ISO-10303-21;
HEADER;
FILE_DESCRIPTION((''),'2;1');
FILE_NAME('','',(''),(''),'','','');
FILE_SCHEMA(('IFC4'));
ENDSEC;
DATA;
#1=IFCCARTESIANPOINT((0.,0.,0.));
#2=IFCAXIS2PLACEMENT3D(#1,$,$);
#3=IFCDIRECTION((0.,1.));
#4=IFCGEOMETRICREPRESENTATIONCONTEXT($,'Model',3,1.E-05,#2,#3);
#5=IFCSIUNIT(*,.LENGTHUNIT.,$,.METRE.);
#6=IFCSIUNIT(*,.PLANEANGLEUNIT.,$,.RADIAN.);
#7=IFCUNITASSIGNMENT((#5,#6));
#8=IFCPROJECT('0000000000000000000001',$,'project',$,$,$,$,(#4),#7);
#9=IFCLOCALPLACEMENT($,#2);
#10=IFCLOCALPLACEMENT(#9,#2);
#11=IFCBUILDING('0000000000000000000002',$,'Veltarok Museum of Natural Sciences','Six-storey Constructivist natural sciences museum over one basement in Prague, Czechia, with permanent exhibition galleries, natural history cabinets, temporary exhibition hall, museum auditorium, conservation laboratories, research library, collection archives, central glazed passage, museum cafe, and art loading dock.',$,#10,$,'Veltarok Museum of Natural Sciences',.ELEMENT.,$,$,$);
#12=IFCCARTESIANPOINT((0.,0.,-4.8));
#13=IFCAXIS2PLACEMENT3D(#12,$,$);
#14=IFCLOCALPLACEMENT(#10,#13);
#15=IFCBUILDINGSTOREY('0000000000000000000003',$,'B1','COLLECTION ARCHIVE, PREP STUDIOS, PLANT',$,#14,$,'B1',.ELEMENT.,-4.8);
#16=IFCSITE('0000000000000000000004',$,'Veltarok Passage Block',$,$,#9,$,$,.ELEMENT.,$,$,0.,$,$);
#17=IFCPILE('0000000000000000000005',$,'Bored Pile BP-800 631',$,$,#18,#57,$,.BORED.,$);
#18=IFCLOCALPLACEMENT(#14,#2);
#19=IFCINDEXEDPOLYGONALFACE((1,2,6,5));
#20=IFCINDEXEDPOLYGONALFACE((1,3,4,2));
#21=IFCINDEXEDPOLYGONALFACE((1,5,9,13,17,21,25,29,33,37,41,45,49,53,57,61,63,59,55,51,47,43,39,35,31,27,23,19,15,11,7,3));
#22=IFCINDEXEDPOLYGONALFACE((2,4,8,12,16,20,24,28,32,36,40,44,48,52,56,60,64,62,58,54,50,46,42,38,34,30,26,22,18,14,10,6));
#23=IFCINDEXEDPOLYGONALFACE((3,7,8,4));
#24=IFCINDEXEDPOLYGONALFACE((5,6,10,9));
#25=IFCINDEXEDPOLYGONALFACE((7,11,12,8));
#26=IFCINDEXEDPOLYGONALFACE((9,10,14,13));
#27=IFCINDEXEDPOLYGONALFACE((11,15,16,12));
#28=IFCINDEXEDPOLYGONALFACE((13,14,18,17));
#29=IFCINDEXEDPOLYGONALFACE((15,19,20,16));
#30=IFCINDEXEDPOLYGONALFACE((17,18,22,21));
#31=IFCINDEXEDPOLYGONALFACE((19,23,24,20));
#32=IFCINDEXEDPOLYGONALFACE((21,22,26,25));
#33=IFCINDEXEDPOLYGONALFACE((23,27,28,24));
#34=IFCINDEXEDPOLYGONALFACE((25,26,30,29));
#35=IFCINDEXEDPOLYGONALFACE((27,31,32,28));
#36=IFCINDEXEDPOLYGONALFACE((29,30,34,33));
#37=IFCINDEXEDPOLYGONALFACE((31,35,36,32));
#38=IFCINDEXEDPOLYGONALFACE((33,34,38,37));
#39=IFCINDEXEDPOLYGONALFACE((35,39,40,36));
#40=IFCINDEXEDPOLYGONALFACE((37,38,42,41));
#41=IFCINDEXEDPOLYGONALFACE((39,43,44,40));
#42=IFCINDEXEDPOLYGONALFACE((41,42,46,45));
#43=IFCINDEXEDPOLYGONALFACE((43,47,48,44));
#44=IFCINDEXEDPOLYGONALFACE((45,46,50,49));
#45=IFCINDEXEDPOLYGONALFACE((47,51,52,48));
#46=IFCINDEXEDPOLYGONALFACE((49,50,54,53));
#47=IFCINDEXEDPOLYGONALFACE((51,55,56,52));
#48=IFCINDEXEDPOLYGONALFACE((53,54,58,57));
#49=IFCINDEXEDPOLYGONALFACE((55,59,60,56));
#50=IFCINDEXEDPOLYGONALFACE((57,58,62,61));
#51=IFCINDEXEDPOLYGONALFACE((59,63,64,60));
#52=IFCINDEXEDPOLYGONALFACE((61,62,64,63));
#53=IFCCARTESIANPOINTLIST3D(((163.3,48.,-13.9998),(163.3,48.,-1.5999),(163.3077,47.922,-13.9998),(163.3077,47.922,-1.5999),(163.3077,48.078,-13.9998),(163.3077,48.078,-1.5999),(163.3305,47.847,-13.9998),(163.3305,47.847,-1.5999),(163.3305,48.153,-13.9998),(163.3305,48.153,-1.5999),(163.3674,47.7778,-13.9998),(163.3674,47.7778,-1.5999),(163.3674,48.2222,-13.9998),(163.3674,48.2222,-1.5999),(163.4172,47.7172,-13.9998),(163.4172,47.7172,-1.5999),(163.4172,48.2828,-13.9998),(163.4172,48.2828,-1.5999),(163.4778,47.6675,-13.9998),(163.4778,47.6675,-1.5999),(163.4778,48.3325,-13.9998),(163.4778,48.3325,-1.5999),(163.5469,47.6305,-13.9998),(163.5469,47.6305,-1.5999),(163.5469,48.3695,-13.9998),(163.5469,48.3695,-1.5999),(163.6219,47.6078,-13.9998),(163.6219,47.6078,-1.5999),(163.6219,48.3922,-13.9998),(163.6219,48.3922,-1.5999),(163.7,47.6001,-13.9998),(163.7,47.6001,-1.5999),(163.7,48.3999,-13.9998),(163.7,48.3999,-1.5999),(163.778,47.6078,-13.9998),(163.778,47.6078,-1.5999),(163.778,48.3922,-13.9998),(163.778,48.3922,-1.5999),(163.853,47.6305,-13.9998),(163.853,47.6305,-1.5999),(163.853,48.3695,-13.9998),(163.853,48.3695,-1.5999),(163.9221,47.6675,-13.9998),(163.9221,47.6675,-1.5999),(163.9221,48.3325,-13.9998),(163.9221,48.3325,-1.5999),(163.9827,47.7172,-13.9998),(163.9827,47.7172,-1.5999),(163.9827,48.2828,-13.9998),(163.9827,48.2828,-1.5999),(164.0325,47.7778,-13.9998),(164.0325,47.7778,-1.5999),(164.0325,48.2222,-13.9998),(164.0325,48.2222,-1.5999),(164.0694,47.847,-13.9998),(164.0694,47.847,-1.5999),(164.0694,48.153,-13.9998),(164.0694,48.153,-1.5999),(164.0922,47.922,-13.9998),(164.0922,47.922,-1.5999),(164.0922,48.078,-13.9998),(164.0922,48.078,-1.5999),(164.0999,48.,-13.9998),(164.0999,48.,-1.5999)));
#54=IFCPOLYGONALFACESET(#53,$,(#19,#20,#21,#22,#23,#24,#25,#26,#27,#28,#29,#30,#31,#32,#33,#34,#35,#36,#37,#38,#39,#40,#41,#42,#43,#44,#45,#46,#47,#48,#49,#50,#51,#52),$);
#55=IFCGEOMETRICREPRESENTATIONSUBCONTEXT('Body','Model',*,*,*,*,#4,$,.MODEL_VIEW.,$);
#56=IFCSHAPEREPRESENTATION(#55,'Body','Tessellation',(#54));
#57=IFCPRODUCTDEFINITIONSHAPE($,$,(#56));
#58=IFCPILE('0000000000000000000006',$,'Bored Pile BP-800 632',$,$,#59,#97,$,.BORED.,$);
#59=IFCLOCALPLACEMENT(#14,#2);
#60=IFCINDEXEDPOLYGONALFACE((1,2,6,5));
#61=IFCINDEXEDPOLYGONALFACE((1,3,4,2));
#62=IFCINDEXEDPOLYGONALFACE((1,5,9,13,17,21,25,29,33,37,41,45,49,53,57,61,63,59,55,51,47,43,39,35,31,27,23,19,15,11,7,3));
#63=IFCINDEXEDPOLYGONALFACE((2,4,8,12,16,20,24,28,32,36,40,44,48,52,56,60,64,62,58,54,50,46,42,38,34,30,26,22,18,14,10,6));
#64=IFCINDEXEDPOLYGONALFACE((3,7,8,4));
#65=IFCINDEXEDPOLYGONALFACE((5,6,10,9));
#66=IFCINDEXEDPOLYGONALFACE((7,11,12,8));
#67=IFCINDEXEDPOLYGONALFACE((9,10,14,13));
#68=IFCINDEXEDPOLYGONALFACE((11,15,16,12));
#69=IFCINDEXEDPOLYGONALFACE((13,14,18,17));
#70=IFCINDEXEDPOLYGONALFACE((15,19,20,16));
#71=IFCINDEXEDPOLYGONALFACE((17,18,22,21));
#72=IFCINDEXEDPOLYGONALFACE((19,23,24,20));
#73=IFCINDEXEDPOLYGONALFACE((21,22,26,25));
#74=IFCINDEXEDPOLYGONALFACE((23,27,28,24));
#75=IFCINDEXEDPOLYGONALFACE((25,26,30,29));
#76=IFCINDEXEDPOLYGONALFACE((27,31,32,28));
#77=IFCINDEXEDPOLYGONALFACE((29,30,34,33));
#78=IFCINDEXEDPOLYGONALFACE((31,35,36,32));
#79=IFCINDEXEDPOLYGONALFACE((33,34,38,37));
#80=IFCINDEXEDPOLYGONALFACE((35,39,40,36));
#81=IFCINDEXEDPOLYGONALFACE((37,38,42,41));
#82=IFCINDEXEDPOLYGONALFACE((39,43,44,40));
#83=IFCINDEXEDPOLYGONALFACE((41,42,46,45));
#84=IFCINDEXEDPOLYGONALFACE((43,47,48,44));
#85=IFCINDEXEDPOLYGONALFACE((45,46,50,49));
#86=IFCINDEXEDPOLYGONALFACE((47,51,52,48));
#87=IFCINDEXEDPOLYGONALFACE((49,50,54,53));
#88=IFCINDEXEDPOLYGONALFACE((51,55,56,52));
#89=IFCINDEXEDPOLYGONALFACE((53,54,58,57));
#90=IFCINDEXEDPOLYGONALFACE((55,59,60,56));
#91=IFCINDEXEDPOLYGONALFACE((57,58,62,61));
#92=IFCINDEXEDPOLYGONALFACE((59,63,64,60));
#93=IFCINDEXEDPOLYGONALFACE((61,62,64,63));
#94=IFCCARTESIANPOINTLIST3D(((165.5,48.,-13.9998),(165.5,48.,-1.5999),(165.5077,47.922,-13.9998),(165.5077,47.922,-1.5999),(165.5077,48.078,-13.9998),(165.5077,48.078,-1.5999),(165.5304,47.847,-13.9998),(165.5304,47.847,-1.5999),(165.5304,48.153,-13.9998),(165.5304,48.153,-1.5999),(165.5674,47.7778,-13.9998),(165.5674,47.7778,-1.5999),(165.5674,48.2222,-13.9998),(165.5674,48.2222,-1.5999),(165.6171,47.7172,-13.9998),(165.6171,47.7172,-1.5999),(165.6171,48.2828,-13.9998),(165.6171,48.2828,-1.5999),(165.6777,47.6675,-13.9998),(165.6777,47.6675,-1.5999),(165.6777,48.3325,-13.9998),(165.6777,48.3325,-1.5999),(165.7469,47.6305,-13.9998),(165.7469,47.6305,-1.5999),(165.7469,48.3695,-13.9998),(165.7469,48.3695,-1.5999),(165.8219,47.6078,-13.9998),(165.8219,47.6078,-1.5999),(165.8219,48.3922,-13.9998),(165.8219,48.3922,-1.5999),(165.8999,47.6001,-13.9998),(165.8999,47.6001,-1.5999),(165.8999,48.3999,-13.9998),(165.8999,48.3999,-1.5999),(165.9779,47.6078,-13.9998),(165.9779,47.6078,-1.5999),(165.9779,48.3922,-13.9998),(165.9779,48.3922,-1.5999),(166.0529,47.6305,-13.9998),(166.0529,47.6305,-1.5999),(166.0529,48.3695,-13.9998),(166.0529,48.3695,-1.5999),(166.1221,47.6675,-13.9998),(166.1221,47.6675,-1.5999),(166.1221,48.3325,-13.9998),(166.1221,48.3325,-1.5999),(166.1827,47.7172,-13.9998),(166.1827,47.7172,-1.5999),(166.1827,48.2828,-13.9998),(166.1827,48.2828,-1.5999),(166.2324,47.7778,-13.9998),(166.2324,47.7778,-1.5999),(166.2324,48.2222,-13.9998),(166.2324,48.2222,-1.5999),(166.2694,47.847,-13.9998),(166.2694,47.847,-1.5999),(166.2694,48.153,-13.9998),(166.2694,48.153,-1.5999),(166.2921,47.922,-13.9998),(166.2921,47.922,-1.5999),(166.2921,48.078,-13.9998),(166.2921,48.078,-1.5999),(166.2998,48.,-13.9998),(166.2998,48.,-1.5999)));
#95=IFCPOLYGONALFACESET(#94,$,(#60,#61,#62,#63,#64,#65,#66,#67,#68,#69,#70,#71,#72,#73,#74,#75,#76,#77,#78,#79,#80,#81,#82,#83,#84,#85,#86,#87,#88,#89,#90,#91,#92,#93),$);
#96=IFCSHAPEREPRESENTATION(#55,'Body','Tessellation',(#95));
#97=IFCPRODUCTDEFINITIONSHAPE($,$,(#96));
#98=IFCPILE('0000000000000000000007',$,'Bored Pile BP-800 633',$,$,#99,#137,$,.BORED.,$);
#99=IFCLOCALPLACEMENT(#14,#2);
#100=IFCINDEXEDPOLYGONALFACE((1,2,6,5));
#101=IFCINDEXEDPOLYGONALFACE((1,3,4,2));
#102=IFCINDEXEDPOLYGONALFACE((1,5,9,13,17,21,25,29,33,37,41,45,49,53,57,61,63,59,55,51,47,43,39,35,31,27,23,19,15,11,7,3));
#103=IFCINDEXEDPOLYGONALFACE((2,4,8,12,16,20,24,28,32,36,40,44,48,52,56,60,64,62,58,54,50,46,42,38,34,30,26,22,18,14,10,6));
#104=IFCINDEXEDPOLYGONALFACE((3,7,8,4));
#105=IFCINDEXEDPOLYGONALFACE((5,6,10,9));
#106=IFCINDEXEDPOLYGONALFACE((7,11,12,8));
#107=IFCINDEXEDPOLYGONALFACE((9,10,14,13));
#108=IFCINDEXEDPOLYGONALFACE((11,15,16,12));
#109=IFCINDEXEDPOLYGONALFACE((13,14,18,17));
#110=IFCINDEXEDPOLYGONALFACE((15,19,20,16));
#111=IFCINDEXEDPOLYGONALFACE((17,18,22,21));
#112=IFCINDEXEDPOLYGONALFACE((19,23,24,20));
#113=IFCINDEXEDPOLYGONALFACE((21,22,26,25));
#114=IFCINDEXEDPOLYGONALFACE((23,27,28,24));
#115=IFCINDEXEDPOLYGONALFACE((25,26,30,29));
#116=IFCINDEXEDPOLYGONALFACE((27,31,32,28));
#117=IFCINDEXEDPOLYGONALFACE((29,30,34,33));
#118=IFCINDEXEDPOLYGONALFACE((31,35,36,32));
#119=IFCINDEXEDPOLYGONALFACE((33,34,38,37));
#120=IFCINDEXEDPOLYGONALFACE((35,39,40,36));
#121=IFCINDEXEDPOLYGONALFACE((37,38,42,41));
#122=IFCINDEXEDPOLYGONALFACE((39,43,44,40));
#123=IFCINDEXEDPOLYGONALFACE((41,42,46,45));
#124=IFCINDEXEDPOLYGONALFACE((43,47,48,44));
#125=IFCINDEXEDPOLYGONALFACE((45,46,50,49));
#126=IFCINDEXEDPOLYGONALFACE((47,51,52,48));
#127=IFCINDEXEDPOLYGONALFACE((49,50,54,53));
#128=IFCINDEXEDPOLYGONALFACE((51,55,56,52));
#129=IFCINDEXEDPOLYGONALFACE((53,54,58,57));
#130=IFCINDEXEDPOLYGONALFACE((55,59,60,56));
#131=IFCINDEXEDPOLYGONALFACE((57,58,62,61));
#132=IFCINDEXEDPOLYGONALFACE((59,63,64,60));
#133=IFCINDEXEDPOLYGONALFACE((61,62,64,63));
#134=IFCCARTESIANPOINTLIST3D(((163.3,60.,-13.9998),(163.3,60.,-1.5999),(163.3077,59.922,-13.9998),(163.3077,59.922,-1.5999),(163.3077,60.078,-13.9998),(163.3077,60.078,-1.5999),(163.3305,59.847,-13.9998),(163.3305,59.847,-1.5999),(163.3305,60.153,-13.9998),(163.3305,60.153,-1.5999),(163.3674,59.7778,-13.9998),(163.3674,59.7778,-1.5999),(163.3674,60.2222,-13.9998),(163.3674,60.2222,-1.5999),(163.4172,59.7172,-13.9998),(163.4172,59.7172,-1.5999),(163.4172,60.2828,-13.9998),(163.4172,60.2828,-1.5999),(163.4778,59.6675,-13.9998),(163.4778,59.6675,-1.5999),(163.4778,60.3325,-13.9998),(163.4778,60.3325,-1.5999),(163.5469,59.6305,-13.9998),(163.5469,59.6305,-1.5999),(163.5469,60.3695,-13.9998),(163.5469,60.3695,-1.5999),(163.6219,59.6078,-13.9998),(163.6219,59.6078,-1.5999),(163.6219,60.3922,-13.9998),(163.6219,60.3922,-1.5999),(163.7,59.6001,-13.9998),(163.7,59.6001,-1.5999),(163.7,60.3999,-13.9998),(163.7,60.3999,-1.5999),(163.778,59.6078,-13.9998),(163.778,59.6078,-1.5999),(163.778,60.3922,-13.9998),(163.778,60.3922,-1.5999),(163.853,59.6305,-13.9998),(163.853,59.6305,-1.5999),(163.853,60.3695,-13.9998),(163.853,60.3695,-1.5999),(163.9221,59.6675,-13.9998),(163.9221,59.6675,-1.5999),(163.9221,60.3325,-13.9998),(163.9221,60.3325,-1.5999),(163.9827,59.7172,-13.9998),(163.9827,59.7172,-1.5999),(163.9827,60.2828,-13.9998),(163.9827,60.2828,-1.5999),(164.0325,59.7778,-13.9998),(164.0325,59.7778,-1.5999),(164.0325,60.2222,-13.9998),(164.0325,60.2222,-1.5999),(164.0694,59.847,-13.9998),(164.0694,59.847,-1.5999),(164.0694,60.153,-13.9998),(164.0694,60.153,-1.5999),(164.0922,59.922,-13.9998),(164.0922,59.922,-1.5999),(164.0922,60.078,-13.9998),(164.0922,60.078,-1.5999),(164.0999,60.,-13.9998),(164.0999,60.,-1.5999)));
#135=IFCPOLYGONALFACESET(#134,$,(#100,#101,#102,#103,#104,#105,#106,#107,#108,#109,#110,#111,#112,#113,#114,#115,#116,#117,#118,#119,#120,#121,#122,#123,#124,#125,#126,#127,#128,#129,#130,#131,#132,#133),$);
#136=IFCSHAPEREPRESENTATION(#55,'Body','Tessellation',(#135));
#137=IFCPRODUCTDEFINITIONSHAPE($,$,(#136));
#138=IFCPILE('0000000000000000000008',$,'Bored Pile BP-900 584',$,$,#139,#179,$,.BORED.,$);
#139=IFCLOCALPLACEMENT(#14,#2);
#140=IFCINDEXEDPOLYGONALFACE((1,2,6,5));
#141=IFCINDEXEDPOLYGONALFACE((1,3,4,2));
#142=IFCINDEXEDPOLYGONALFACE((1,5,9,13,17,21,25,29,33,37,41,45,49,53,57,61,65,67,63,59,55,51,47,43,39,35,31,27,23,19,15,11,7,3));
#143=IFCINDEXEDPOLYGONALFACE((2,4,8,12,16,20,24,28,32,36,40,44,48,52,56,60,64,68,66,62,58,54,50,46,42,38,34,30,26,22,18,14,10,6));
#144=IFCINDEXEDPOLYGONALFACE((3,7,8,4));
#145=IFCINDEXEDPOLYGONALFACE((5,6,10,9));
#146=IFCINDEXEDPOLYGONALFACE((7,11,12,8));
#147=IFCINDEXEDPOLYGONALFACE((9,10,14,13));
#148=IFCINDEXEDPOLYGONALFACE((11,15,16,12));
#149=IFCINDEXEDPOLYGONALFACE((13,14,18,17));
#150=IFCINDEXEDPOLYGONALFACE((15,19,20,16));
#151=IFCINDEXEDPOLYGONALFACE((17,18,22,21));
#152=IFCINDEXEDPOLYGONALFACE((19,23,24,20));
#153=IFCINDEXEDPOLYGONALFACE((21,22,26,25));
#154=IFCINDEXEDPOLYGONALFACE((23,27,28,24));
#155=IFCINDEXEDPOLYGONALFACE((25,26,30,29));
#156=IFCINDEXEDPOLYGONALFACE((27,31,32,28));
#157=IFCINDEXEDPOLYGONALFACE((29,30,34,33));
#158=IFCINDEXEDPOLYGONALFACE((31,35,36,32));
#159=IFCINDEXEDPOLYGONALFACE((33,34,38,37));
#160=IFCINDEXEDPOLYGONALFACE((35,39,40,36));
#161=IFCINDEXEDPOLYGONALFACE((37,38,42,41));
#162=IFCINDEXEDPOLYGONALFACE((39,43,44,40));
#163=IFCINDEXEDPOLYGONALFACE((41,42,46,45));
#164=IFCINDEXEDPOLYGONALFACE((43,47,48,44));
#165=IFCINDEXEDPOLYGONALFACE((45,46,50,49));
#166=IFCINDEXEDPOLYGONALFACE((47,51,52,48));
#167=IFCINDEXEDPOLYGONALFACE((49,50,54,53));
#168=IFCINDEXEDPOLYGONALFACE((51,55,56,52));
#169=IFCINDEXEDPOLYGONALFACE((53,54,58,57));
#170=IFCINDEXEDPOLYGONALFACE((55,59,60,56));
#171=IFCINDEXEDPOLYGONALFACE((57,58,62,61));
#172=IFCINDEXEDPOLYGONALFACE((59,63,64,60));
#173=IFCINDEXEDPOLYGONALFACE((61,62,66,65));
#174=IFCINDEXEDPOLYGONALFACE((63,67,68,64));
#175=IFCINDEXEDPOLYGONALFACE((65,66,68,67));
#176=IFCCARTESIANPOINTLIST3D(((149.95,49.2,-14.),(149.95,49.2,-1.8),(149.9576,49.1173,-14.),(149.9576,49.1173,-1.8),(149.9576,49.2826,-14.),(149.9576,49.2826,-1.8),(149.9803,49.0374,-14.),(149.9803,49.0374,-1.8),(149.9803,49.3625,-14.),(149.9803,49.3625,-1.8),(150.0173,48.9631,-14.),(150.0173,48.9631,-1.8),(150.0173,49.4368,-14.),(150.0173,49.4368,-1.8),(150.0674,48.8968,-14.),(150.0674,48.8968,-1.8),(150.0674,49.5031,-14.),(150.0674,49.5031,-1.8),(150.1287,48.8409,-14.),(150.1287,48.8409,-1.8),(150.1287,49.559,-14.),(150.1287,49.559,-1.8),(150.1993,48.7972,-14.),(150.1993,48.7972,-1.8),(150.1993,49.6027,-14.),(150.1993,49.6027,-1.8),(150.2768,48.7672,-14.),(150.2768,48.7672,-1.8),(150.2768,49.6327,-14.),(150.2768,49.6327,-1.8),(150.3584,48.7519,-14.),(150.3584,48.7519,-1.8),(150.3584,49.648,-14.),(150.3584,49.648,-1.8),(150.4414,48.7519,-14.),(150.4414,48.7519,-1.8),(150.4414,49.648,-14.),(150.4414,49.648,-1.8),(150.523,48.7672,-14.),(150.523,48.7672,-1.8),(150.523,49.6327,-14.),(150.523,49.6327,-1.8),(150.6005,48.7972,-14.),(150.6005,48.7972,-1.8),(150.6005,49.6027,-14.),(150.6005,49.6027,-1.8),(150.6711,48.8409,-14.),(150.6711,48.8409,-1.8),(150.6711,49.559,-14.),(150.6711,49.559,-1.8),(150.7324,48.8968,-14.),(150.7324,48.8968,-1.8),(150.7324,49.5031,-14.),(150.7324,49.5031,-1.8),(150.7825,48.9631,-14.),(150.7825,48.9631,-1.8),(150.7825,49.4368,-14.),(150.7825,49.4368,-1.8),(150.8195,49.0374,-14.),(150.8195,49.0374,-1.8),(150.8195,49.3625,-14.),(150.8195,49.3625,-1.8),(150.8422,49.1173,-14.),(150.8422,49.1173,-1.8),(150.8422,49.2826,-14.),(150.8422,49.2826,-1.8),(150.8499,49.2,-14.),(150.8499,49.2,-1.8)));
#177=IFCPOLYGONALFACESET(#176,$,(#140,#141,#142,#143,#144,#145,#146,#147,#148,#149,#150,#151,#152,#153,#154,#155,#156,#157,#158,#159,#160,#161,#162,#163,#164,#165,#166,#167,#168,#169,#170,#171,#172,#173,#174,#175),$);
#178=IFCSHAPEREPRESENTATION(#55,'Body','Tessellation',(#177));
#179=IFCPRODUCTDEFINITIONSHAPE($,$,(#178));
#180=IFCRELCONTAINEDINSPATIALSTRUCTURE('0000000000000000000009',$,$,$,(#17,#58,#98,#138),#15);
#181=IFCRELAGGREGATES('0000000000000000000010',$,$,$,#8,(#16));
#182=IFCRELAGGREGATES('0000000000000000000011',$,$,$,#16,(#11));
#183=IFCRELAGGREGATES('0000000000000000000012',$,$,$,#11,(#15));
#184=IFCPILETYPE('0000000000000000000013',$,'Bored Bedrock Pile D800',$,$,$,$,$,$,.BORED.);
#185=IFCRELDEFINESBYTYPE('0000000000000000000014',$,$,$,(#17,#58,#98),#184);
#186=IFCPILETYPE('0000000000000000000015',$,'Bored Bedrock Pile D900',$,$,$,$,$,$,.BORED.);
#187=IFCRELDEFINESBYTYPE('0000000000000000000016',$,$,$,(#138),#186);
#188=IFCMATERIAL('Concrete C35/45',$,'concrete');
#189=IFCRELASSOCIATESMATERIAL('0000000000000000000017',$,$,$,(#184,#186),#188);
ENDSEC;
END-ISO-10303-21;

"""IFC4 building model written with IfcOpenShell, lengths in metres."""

from ifc_helpers import new_model, si_unit, direction, frame, origin, origin_2d, place, context, subcontext, project, spatial, circle, extrude, material, material_profile, profile_set, type_object, element, save


model = new_model("IFC4")

# Units and contexts
model_context = context("Model", 3, precision=1e-05, world=origin(), true_north=direction((0.0, 1.0)))
body_context = subcontext(model_context, "Body", "Model", "MODEL_VIEW")
ifc_project = project(units=[si_unit("LENGTHUNIT", "METRE"), si_unit("PLANEANGLEUNIT", "RADIAN")], contexts=[model_context])

# Site, building, storey
site_placement = place(None, origin())
site = spatial("IfcSite", under=ifc_project, at=site_placement, Name="Veltarok Passage Block", CompositionType="ELEMENT", RefElevation=0.0)
building_placement = place(site_placement, origin())
building = spatial("IfcBuilding", under=site, at=building_placement, Name="Veltarok Museum of Natural Sciences", Description="Six-storey Constructivist natural sciences museum over one basement in Prague, Czechia, with permanent exhibition galleries, natural history cabinets, temporary exhibition hall, museum auditorium, conservation laboratories, research library, collection archives, central glazed passage, museum cafe, and art loading dock.", LongName="Veltarok Museum of Natural Sciences", CompositionType="ELEMENT")
storey_placement = place(building_placement, frame((0.0, 0.0, -4.8)))
storey = spatial("IfcBuildingStorey", under=building, at=storey_placement, Name="B1", Description="COLLECTION ARCHIVE, PREP STUDIOS, PLANT", LongName="B1", CompositionType="ELEMENT", Elevation=-4.8)

# Piles
ifc_material_1 = material(Name="Concrete C35/45", Category="concrete")
ifc_material_profile_1 = material_profile(ifc_material_1, circle(Radius=0.3999, at=origin_2d()), Name="BP D800")
ifc_profile_set_1 = profile_set([ifc_material_profile_1], Name="Concrete C35/45")
pile_type_1 = type_object("IfcPileType", Name="Bored Bedrock Pile D800", PredefinedType="BORED", material=ifc_profile_set_1)
for number, where, z_axis, x_axis, name in (
    (1, (163.7, 48.0, -1.5999), (0.0, 0.0, -1.0), (1.0, 0.0, 0.0), "Bored Pile BP-800 631"),
    (2, (165.8999, 48.0, -1.5999), (0.0, 0.0, -1.0), (1.0, 0.0, 0.0), "Bored Pile BP-800 632"),
    (3, (163.7, 60.0, -1.5999), (0.0, 0.0, -1.0), (1.0, 0.0, 0.0), "Bored Pile BP-800 633"),
):
    element("IfcPile", number, at=place(storey_placement, frame(where, z_axis=z_axis, x_axis=x_axis)), inside=storey, type_object=pile_type_1, Name=name, PredefinedType="BORED", context=body_context, shape_type="SweptSolid", body=[
        extrude(circle(Radius=0.3999, at=origin_2d()), origin(), (0.0, 0.0, 1.0), 12.3999),
    ])
ifc_material_profile_2 = material_profile(ifc_material_1, circle(Radius=0.45, at=origin_2d()), Name="BP D900")
ifc_profile_set_2 = profile_set([ifc_material_profile_2], Name="Concrete C35/45")
pile_type_2 = type_object("IfcPileType", Name="Bored Bedrock Pile D900", PredefinedType="BORED", material=ifc_profile_set_2)
for number, where, z_axis, x_axis, name in (
    (4, (150.3999, 49.2, -1.8), (0.0, 0.0, -1.0), (1.0, 0.0, 0.0), "Bored Pile BP-900 584"),
):
    element("IfcPile", number, at=place(storey_placement, frame(where, z_axis=z_axis, x_axis=x_axis)), inside=storey, type_object=pile_type_2, Name=name, PredefinedType="BORED", context=body_context, shape_type="SweptSolid", body=[
        extrude(circle(Radius=0.45, at=origin_2d()), origin(), (0.0, 0.0, 1.0), 12.2),
    ])

save(model, "model.ifc")
